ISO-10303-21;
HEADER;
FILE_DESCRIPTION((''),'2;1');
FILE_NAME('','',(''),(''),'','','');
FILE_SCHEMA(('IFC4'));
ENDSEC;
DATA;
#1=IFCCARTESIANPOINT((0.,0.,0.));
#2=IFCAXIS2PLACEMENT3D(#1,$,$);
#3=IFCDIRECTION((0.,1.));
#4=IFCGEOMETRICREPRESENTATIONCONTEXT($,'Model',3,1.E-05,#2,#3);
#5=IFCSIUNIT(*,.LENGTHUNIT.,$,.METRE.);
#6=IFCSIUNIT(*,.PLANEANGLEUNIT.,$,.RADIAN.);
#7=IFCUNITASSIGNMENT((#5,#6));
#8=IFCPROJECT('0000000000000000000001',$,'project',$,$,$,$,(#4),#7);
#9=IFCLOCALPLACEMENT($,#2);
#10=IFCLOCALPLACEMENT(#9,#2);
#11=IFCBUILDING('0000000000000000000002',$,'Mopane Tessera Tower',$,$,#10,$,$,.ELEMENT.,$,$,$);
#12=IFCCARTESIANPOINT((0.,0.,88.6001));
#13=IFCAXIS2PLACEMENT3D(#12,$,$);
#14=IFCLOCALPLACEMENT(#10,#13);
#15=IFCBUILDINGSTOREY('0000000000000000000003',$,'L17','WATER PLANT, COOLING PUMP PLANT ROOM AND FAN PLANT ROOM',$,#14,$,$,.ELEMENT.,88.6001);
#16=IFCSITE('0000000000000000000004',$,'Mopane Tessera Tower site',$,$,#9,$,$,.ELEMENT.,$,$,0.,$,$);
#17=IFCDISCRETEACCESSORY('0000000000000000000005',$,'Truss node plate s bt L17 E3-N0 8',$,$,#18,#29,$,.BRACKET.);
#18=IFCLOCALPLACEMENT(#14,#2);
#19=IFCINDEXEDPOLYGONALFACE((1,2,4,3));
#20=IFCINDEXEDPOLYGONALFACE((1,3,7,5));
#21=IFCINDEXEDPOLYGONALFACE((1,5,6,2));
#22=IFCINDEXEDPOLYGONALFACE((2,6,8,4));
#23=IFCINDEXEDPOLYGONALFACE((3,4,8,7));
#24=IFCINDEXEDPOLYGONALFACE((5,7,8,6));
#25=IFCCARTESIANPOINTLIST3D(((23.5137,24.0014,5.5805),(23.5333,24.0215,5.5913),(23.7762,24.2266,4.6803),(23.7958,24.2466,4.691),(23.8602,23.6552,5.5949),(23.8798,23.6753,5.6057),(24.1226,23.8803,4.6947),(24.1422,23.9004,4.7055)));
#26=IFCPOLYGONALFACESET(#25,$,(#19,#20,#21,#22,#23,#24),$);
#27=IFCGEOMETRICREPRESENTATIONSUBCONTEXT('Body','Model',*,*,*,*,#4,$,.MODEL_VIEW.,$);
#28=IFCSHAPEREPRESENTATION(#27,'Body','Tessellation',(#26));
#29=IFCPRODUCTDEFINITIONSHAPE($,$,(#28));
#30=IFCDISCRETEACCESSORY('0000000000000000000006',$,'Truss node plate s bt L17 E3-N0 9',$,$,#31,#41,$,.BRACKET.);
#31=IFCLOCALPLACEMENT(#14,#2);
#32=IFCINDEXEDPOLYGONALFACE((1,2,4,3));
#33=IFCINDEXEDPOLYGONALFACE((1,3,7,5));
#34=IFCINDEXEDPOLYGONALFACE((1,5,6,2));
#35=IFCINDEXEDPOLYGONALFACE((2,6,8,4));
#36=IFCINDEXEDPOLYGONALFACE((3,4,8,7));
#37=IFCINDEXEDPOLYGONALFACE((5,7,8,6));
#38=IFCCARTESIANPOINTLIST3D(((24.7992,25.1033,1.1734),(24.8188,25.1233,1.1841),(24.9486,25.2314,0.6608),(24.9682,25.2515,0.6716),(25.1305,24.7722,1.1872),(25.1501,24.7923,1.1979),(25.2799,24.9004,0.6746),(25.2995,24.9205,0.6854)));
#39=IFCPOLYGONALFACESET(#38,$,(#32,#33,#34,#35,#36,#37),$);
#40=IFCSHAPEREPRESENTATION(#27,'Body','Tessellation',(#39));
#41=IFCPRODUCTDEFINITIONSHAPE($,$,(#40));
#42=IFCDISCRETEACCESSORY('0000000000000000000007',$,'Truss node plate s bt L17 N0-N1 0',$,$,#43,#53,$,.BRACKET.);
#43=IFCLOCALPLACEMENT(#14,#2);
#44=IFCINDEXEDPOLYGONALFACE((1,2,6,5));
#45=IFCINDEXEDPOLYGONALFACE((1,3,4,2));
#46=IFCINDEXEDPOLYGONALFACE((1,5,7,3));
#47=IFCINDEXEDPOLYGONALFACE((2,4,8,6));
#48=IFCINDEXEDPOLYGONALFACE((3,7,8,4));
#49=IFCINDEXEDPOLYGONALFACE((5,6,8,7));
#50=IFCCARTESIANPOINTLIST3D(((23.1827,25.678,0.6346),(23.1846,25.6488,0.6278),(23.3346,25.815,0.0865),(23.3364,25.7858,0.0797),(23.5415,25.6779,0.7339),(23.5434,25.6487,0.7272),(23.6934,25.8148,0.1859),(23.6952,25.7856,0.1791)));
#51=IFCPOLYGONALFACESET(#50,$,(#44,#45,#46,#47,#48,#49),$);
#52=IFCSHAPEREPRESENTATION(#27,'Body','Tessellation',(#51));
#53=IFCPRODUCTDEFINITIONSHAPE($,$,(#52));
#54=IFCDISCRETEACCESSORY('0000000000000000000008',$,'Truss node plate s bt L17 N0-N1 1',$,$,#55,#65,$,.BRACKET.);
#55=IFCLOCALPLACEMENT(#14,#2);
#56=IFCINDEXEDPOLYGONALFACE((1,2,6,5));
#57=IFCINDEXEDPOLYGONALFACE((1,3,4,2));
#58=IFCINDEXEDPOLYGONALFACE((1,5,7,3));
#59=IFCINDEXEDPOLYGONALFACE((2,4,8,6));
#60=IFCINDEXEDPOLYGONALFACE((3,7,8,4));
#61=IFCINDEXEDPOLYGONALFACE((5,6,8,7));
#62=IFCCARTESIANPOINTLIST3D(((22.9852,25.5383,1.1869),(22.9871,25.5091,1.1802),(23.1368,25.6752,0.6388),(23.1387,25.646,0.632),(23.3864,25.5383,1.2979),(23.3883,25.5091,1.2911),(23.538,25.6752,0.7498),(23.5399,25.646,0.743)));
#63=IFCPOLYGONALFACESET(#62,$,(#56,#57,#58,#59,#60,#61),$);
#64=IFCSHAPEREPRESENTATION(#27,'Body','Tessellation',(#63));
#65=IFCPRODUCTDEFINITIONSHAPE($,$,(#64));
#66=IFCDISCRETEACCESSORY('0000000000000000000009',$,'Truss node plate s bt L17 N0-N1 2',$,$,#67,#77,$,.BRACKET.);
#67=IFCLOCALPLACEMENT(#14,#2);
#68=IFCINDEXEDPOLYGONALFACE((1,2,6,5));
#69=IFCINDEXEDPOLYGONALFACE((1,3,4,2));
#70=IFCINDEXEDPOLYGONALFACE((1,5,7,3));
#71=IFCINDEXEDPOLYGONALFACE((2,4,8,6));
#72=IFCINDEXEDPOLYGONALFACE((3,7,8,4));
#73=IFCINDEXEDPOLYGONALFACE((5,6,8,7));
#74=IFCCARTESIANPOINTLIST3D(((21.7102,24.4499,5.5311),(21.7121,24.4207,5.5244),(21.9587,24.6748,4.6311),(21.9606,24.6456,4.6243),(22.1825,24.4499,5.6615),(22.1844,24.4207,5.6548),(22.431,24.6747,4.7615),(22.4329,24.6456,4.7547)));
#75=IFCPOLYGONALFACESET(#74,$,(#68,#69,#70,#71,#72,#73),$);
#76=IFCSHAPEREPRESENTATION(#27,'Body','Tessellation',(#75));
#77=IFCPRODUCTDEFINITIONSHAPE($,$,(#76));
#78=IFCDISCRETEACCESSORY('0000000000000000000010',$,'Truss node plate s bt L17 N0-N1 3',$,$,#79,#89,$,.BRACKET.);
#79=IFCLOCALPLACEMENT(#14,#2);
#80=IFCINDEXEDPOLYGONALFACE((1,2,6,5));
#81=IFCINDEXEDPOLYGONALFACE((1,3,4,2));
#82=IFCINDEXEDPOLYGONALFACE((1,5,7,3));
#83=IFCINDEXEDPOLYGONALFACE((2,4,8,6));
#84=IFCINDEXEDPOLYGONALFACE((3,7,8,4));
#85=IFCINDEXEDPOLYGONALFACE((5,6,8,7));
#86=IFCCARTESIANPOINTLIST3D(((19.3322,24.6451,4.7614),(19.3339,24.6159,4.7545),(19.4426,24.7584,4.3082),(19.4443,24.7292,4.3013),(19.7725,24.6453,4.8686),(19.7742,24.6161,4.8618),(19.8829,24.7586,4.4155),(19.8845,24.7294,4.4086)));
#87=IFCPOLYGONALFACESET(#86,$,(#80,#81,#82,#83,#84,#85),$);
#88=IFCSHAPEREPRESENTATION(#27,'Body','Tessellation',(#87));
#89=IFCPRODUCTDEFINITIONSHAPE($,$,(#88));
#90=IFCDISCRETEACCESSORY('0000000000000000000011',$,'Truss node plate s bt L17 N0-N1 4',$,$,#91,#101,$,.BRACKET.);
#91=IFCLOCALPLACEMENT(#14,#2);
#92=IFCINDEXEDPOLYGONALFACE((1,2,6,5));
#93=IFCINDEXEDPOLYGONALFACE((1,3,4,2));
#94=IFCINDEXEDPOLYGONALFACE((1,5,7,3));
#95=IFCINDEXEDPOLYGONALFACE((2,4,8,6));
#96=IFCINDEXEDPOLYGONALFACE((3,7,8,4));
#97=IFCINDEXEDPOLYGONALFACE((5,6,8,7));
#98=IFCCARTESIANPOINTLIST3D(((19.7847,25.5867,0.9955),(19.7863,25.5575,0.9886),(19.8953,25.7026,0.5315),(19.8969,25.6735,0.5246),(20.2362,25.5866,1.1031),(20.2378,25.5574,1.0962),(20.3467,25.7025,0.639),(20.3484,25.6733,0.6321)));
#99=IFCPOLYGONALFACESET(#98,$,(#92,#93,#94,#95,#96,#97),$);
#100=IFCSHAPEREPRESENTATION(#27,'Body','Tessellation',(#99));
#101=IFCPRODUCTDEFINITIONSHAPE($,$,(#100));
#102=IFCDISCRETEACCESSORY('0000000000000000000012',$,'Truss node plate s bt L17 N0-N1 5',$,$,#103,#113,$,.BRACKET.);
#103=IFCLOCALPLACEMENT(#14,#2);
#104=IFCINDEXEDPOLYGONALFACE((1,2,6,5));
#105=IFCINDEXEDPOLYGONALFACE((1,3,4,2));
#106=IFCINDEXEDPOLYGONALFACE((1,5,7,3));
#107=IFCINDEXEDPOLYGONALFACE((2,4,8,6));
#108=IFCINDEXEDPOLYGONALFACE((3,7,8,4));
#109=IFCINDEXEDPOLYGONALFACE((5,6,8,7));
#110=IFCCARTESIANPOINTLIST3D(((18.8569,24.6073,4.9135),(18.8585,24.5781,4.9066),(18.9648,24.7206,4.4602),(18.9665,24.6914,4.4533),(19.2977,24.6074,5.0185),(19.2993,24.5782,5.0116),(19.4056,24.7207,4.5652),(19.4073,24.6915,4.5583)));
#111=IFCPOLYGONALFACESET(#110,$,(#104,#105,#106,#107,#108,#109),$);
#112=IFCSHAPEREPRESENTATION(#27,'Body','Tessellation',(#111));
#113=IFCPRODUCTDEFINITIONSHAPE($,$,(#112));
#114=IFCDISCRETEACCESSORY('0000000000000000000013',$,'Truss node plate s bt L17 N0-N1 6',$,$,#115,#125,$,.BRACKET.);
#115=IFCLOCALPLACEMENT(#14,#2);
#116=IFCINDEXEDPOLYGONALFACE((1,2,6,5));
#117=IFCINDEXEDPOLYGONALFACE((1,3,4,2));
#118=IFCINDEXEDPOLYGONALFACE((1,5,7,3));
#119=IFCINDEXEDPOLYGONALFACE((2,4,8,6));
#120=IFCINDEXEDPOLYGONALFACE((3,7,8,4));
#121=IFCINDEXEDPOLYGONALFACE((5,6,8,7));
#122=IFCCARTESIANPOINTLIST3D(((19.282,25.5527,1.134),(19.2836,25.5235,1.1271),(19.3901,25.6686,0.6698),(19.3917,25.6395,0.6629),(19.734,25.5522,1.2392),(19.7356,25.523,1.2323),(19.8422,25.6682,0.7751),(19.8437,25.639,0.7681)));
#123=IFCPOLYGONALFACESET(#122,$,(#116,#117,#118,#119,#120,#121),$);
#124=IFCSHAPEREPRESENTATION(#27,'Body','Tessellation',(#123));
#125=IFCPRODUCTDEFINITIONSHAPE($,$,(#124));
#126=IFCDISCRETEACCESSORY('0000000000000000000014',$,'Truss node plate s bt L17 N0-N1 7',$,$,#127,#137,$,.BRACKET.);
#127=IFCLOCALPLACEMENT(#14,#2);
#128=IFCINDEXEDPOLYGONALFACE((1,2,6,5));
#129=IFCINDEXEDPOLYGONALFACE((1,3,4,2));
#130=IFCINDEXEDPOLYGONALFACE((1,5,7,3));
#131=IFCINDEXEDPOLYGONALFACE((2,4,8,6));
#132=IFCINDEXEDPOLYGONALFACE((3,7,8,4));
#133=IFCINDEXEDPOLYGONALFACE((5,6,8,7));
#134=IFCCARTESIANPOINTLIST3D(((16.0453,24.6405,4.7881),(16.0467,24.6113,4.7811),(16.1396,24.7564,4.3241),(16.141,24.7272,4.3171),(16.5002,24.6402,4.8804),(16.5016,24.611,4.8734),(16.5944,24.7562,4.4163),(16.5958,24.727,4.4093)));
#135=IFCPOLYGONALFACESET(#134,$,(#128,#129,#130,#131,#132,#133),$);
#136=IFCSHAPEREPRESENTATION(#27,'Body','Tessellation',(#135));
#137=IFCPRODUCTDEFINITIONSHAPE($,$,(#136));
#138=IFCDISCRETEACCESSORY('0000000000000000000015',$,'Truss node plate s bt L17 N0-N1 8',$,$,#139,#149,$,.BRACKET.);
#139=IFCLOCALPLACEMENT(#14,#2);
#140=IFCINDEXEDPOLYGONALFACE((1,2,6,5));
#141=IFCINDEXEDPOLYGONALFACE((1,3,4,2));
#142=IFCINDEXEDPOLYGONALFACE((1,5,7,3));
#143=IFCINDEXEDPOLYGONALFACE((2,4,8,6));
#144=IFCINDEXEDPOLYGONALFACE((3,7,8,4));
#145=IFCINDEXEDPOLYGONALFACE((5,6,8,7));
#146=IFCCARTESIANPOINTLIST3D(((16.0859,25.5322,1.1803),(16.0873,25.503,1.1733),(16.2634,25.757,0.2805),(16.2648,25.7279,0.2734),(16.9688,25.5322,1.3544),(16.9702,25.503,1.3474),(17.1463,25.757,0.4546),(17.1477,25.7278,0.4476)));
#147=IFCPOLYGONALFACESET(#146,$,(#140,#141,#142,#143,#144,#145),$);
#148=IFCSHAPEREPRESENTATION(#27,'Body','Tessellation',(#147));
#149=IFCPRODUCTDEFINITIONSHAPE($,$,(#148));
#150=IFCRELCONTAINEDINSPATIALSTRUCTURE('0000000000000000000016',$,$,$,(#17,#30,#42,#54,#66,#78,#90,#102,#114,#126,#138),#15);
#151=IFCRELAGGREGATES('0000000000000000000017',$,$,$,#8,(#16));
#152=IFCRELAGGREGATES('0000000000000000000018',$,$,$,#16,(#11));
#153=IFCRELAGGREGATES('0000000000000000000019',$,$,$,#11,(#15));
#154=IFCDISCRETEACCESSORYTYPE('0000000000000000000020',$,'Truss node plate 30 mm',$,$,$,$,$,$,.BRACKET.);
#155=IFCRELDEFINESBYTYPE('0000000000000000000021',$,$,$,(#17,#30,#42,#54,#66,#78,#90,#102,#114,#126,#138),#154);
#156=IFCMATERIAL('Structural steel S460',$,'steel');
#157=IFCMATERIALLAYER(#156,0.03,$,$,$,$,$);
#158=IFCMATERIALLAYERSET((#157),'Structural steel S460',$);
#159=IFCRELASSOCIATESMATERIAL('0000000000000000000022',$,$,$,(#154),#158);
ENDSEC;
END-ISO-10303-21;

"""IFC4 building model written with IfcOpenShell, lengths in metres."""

from ifc_helpers import new_model, si_unit, direction, frame, origin, origin_2d, place, context, subcontext, project, spatial, rectangle, extrude, material, layer, layer_set, type_object, element, save


model = new_model("IFC4")

# Units and contexts
model_context = context("Model", 3, precision=1e-05, world=origin(), true_north=direction((0.0, 1.0)))
body_context = subcontext(model_context, "Body", "Model", "MODEL_VIEW")
ifc_project = project(units=[si_unit("LENGTHUNIT", "METRE"), si_unit("PLANEANGLEUNIT", "RADIAN")], contexts=[model_context])

# Site, building, storey
site_placement = place(None, origin())
site = spatial("IfcSite", under=ifc_project, at=site_placement, Name="Mopane Tessera Tower site", CompositionType="ELEMENT", RefElevation=0.0)
building_placement = place(site_placement, origin())
building = spatial("IfcBuilding", under=site, at=building_placement, Name="Mopane Tessera Tower", CompositionType="ELEMENT")
storey_placement = place(building_placement, frame((0.0, 0.0, 88.6001)))
storey = spatial("IfcBuildingStorey", under=building, at=storey_placement, Name="L17", Description="WATER PLANT, COOLING PUMP PLANT ROOM AND FAN PLANT ROOM", CompositionType="ELEMENT", Elevation=88.6001)

# Discrete accessories
ifc_material_1 = material(Name="Structural steel S460", Category="steel")
ifc_layer_1 = layer(ifc_material_1, 0.03)
ifc_layer_set_1 = layer_set([ifc_layer_1], Name="Structural steel S460")
discrete_accessory_type_1 = type_object("IfcDiscreteAccessoryType", Name="Truss node plate 30 mm", PredefinedType="BRACKET", material=ifc_layer_set_1)
discrete_accessory_1_placement = place(storey_placement, frame((23.9592, 24.0635, 4.6929), z_axis=(-0.272177, -0.233439, 0.933502), x_axis=(-0.652722, -0.668017, -0.357361)))
element("IfcDiscreteAccessory", 1, at=discrete_accessory_1_placement, inside=storey, type_object=discrete_accessory_type_1, Name="Truss node plate s bt L17 E3-N0 8", PredefinedType="BRACKET", context=body_context, shape_type="SweptSolid", body=[
    extrude(rectangle(XDim=0.03, YDim=0.49, at=origin_2d()), origin(), (0.0, 0.0, 1.0), 0.9644),
])
discrete_accessory_2_placement = place(storey_placement, frame((25.124, 25.0759, 0.6731), z_axis=(-0.272063, -0.233387, 0.933548), x_axis=(-0.652692, -0.66811, -0.357241)))
element("IfcDiscreteAccessory", 2, at=discrete_accessory_2_placement, inside=storey, type_object=discrete_accessory_type_1, Name="Truss node plate s bt L17 E3-N0 9", PredefinedType="BRACKET", context=body_context, shape_type="SweptSolid", body=[
    extrude(rectangle(XDim=0.03, YDim=0.4685, at=origin_2d()), origin(), (0.0, 0.0, 1.0), 0.5491),
])
discrete_accessory_3_placement = place(storey_placement, frame((23.5149, 25.8003, 0.1328), z_axis=(-0.259581, -0.234124, 0.936912), x_axis=(0.062173, -0.972207, -0.225718)))
element("IfcDiscreteAccessory", 3, at=discrete_accessory_3_placement, inside=storey, type_object=discrete_accessory_type_1, Name="Truss node plate s bt L17 N0-N1 0", PredefinedType="BRACKET", context=body_context, shape_type="SweptSolid", body=[
    extrude(rectangle(XDim=0.03, YDim=0.3723, at=origin_2d()), origin(), (0.0, 0.0, 1.0), 0.585),
])
discrete_accessory_4_placement = place(storey_placement, frame((23.3384, 25.6606, 0.6909), z_axis=(-0.259192, -0.234149, 0.937013), x_axis=(0.062426, -0.972201, -0.225674)))
element("IfcDiscreteAccessory", 4, at=discrete_accessory_4_placement, inside=storey, type_object=discrete_accessory_type_1, Name="Truss node plate s bt L17 N0-N1 1", PredefinedType="BRACKET", context=body_context, shape_type="SweptSolid", body=[
    extrude(rectangle(XDim=0.03, YDim=0.4163, at=origin_2d()), origin(), (0.0, 0.0, 1.0), 0.585),
])
discrete_accessory_5_placement = place(storey_placement, frame((22.1958, 24.6602, 4.6929), z_axis=(-0.258751, -0.234096, 0.937148), x_axis=(0.062276, -0.972213, -0.225661)))
element("IfcDiscreteAccessory", 5, at=discrete_accessory_5_placement, inside=storey, type_object=discrete_accessory_type_1, Name="Truss node plate s bt L17 N0-N1 2", PredefinedType="BRACKET", context=body_context, shape_type="SweptSolid", body=[
    extrude(rectangle(XDim=0.03, YDim=0.49, at=origin_2d()), origin(), (0.0, 0.0, 1.0), 0.9604),
])
discrete_accessory_6_placement = place(storey_placement, frame((19.6636, 24.7439, 4.3584), z_axis=(-0.229933, -0.236037, 0.944149), x_axis=(0.056309, -0.971744, -0.229223)))
element("IfcDiscreteAccessory", 6, at=discrete_accessory_6_placement, inside=storey, type_object=discrete_accessory_type_1, Name="Truss node plate s bt L17 N0-N1 3", PredefinedType="BRACKET", context=body_context, shape_type="SweptSolid", body=[
    extrude(rectangle(XDim=0.03, YDim=0.4531, at=origin_2d()), origin(), (0.0, 0.0, 1.0), 0.48),
])
discrete_accessory_7_placement = place(storey_placement, frame((20.1218, 25.688, 0.5818), z_axis=(-0.225247, -0.236186, 0.945241), x_axis=(0.054473, -0.971708, -0.229818)))
element("IfcDiscreteAccessory", 7, at=discrete_accessory_7_placement, inside=storey, type_object=discrete_accessory_type_1, Name="Truss node plate s bt L17 N0-N1 4", PredefinedType="BRACKET", context=body_context, shape_type="SweptSolid", body=[
    extrude(rectangle(XDim=0.03, YDim=0.4641, at=origin_2d()), origin(), (0.0, 0.0, 1.0), 0.491),
])
discrete_accessory_8_placement = place(storey_placement, frame((19.186, 24.7061, 4.5093), z_axis=(-0.225106, -0.236311, 0.945243), x_axis=(0.055031, -0.971677, -0.229814)))
element("IfcDiscreteAccessory", 8, at=discrete_accessory_8_placement, inside=storey, type_object=discrete_accessory_type_1, Name="Truss node plate s bt L17 N0-N1 5", PredefinedType="BRACKET", context=body_context, shape_type="SweptSolid", body=[
    extrude(rectangle(XDim=0.03, YDim=0.4531, at=origin_2d()), origin(), (0.0, 0.0, 1.0), 0.4795),
])
discrete_accessory_9_placement = place(storey_placement, frame((19.6169, 25.6538, 0.719), z_axis=(-0.220519, -0.236448, 0.94629), x_axis=(0.052635, -0.971644, -0.230517)))
element("IfcDiscreteAccessory", 9, at=discrete_accessory_9_placement, inside=storey, type_object=discrete_accessory_type_1, Name="Truss node plate s bt L17 N0-N1 6", PredefinedType="BRACKET", context=body_context, shape_type="SweptSolid", body=[
    extrude(rectangle(XDim=0.03, YDim=0.4641, at=origin_2d()), origin(), (0.0, 0.0, 1.0), 0.4905),
])
discrete_accessory_10_placement = place(storey_placement, frame((16.3677, 24.7417, 4.3667), z_axis=(-0.19328, -0.237844, 0.951879), x_axis=(0.046762, -0.971303, -0.233203)))
element("IfcDiscreteAccessory", 10, at=discrete_accessory_10_placement, inside=storey, type_object=discrete_accessory_type_1, Name="Truss node plate s bt L17 N0-N1 7", PredefinedType="BRACKET", context=body_context, shape_type="SweptSolid", body=[
    extrude(rectangle(XDim=0.03, YDim=0.4641, at=origin_2d()), origin(), (0.0, 0.0, 1.0), 0.4875),
])
discrete_accessory_11_placement = place(storey_placement, frame((16.7056, 25.7424, 0.364), z_axis=(-0.18794, -0.238092, 0.952885), x_axis=(0.046035, -0.971243, -0.233599)))
element("IfcDiscreteAccessory", 11, at=discrete_accessory_11_placement, inside=storey, type_object=discrete_accessory_type_1, Name="Truss node plate s bt L17 N0-N1 8", PredefinedType="BRACKET", context=body_context, shape_type="SweptSolid", body=[
    extrude(rectangle(XDim=0.03, YDim=0.8999, at=origin_2d()), origin(), (0.0, 0.0, 1.0), 0.9443),
])

save(model, "model.ifc")
